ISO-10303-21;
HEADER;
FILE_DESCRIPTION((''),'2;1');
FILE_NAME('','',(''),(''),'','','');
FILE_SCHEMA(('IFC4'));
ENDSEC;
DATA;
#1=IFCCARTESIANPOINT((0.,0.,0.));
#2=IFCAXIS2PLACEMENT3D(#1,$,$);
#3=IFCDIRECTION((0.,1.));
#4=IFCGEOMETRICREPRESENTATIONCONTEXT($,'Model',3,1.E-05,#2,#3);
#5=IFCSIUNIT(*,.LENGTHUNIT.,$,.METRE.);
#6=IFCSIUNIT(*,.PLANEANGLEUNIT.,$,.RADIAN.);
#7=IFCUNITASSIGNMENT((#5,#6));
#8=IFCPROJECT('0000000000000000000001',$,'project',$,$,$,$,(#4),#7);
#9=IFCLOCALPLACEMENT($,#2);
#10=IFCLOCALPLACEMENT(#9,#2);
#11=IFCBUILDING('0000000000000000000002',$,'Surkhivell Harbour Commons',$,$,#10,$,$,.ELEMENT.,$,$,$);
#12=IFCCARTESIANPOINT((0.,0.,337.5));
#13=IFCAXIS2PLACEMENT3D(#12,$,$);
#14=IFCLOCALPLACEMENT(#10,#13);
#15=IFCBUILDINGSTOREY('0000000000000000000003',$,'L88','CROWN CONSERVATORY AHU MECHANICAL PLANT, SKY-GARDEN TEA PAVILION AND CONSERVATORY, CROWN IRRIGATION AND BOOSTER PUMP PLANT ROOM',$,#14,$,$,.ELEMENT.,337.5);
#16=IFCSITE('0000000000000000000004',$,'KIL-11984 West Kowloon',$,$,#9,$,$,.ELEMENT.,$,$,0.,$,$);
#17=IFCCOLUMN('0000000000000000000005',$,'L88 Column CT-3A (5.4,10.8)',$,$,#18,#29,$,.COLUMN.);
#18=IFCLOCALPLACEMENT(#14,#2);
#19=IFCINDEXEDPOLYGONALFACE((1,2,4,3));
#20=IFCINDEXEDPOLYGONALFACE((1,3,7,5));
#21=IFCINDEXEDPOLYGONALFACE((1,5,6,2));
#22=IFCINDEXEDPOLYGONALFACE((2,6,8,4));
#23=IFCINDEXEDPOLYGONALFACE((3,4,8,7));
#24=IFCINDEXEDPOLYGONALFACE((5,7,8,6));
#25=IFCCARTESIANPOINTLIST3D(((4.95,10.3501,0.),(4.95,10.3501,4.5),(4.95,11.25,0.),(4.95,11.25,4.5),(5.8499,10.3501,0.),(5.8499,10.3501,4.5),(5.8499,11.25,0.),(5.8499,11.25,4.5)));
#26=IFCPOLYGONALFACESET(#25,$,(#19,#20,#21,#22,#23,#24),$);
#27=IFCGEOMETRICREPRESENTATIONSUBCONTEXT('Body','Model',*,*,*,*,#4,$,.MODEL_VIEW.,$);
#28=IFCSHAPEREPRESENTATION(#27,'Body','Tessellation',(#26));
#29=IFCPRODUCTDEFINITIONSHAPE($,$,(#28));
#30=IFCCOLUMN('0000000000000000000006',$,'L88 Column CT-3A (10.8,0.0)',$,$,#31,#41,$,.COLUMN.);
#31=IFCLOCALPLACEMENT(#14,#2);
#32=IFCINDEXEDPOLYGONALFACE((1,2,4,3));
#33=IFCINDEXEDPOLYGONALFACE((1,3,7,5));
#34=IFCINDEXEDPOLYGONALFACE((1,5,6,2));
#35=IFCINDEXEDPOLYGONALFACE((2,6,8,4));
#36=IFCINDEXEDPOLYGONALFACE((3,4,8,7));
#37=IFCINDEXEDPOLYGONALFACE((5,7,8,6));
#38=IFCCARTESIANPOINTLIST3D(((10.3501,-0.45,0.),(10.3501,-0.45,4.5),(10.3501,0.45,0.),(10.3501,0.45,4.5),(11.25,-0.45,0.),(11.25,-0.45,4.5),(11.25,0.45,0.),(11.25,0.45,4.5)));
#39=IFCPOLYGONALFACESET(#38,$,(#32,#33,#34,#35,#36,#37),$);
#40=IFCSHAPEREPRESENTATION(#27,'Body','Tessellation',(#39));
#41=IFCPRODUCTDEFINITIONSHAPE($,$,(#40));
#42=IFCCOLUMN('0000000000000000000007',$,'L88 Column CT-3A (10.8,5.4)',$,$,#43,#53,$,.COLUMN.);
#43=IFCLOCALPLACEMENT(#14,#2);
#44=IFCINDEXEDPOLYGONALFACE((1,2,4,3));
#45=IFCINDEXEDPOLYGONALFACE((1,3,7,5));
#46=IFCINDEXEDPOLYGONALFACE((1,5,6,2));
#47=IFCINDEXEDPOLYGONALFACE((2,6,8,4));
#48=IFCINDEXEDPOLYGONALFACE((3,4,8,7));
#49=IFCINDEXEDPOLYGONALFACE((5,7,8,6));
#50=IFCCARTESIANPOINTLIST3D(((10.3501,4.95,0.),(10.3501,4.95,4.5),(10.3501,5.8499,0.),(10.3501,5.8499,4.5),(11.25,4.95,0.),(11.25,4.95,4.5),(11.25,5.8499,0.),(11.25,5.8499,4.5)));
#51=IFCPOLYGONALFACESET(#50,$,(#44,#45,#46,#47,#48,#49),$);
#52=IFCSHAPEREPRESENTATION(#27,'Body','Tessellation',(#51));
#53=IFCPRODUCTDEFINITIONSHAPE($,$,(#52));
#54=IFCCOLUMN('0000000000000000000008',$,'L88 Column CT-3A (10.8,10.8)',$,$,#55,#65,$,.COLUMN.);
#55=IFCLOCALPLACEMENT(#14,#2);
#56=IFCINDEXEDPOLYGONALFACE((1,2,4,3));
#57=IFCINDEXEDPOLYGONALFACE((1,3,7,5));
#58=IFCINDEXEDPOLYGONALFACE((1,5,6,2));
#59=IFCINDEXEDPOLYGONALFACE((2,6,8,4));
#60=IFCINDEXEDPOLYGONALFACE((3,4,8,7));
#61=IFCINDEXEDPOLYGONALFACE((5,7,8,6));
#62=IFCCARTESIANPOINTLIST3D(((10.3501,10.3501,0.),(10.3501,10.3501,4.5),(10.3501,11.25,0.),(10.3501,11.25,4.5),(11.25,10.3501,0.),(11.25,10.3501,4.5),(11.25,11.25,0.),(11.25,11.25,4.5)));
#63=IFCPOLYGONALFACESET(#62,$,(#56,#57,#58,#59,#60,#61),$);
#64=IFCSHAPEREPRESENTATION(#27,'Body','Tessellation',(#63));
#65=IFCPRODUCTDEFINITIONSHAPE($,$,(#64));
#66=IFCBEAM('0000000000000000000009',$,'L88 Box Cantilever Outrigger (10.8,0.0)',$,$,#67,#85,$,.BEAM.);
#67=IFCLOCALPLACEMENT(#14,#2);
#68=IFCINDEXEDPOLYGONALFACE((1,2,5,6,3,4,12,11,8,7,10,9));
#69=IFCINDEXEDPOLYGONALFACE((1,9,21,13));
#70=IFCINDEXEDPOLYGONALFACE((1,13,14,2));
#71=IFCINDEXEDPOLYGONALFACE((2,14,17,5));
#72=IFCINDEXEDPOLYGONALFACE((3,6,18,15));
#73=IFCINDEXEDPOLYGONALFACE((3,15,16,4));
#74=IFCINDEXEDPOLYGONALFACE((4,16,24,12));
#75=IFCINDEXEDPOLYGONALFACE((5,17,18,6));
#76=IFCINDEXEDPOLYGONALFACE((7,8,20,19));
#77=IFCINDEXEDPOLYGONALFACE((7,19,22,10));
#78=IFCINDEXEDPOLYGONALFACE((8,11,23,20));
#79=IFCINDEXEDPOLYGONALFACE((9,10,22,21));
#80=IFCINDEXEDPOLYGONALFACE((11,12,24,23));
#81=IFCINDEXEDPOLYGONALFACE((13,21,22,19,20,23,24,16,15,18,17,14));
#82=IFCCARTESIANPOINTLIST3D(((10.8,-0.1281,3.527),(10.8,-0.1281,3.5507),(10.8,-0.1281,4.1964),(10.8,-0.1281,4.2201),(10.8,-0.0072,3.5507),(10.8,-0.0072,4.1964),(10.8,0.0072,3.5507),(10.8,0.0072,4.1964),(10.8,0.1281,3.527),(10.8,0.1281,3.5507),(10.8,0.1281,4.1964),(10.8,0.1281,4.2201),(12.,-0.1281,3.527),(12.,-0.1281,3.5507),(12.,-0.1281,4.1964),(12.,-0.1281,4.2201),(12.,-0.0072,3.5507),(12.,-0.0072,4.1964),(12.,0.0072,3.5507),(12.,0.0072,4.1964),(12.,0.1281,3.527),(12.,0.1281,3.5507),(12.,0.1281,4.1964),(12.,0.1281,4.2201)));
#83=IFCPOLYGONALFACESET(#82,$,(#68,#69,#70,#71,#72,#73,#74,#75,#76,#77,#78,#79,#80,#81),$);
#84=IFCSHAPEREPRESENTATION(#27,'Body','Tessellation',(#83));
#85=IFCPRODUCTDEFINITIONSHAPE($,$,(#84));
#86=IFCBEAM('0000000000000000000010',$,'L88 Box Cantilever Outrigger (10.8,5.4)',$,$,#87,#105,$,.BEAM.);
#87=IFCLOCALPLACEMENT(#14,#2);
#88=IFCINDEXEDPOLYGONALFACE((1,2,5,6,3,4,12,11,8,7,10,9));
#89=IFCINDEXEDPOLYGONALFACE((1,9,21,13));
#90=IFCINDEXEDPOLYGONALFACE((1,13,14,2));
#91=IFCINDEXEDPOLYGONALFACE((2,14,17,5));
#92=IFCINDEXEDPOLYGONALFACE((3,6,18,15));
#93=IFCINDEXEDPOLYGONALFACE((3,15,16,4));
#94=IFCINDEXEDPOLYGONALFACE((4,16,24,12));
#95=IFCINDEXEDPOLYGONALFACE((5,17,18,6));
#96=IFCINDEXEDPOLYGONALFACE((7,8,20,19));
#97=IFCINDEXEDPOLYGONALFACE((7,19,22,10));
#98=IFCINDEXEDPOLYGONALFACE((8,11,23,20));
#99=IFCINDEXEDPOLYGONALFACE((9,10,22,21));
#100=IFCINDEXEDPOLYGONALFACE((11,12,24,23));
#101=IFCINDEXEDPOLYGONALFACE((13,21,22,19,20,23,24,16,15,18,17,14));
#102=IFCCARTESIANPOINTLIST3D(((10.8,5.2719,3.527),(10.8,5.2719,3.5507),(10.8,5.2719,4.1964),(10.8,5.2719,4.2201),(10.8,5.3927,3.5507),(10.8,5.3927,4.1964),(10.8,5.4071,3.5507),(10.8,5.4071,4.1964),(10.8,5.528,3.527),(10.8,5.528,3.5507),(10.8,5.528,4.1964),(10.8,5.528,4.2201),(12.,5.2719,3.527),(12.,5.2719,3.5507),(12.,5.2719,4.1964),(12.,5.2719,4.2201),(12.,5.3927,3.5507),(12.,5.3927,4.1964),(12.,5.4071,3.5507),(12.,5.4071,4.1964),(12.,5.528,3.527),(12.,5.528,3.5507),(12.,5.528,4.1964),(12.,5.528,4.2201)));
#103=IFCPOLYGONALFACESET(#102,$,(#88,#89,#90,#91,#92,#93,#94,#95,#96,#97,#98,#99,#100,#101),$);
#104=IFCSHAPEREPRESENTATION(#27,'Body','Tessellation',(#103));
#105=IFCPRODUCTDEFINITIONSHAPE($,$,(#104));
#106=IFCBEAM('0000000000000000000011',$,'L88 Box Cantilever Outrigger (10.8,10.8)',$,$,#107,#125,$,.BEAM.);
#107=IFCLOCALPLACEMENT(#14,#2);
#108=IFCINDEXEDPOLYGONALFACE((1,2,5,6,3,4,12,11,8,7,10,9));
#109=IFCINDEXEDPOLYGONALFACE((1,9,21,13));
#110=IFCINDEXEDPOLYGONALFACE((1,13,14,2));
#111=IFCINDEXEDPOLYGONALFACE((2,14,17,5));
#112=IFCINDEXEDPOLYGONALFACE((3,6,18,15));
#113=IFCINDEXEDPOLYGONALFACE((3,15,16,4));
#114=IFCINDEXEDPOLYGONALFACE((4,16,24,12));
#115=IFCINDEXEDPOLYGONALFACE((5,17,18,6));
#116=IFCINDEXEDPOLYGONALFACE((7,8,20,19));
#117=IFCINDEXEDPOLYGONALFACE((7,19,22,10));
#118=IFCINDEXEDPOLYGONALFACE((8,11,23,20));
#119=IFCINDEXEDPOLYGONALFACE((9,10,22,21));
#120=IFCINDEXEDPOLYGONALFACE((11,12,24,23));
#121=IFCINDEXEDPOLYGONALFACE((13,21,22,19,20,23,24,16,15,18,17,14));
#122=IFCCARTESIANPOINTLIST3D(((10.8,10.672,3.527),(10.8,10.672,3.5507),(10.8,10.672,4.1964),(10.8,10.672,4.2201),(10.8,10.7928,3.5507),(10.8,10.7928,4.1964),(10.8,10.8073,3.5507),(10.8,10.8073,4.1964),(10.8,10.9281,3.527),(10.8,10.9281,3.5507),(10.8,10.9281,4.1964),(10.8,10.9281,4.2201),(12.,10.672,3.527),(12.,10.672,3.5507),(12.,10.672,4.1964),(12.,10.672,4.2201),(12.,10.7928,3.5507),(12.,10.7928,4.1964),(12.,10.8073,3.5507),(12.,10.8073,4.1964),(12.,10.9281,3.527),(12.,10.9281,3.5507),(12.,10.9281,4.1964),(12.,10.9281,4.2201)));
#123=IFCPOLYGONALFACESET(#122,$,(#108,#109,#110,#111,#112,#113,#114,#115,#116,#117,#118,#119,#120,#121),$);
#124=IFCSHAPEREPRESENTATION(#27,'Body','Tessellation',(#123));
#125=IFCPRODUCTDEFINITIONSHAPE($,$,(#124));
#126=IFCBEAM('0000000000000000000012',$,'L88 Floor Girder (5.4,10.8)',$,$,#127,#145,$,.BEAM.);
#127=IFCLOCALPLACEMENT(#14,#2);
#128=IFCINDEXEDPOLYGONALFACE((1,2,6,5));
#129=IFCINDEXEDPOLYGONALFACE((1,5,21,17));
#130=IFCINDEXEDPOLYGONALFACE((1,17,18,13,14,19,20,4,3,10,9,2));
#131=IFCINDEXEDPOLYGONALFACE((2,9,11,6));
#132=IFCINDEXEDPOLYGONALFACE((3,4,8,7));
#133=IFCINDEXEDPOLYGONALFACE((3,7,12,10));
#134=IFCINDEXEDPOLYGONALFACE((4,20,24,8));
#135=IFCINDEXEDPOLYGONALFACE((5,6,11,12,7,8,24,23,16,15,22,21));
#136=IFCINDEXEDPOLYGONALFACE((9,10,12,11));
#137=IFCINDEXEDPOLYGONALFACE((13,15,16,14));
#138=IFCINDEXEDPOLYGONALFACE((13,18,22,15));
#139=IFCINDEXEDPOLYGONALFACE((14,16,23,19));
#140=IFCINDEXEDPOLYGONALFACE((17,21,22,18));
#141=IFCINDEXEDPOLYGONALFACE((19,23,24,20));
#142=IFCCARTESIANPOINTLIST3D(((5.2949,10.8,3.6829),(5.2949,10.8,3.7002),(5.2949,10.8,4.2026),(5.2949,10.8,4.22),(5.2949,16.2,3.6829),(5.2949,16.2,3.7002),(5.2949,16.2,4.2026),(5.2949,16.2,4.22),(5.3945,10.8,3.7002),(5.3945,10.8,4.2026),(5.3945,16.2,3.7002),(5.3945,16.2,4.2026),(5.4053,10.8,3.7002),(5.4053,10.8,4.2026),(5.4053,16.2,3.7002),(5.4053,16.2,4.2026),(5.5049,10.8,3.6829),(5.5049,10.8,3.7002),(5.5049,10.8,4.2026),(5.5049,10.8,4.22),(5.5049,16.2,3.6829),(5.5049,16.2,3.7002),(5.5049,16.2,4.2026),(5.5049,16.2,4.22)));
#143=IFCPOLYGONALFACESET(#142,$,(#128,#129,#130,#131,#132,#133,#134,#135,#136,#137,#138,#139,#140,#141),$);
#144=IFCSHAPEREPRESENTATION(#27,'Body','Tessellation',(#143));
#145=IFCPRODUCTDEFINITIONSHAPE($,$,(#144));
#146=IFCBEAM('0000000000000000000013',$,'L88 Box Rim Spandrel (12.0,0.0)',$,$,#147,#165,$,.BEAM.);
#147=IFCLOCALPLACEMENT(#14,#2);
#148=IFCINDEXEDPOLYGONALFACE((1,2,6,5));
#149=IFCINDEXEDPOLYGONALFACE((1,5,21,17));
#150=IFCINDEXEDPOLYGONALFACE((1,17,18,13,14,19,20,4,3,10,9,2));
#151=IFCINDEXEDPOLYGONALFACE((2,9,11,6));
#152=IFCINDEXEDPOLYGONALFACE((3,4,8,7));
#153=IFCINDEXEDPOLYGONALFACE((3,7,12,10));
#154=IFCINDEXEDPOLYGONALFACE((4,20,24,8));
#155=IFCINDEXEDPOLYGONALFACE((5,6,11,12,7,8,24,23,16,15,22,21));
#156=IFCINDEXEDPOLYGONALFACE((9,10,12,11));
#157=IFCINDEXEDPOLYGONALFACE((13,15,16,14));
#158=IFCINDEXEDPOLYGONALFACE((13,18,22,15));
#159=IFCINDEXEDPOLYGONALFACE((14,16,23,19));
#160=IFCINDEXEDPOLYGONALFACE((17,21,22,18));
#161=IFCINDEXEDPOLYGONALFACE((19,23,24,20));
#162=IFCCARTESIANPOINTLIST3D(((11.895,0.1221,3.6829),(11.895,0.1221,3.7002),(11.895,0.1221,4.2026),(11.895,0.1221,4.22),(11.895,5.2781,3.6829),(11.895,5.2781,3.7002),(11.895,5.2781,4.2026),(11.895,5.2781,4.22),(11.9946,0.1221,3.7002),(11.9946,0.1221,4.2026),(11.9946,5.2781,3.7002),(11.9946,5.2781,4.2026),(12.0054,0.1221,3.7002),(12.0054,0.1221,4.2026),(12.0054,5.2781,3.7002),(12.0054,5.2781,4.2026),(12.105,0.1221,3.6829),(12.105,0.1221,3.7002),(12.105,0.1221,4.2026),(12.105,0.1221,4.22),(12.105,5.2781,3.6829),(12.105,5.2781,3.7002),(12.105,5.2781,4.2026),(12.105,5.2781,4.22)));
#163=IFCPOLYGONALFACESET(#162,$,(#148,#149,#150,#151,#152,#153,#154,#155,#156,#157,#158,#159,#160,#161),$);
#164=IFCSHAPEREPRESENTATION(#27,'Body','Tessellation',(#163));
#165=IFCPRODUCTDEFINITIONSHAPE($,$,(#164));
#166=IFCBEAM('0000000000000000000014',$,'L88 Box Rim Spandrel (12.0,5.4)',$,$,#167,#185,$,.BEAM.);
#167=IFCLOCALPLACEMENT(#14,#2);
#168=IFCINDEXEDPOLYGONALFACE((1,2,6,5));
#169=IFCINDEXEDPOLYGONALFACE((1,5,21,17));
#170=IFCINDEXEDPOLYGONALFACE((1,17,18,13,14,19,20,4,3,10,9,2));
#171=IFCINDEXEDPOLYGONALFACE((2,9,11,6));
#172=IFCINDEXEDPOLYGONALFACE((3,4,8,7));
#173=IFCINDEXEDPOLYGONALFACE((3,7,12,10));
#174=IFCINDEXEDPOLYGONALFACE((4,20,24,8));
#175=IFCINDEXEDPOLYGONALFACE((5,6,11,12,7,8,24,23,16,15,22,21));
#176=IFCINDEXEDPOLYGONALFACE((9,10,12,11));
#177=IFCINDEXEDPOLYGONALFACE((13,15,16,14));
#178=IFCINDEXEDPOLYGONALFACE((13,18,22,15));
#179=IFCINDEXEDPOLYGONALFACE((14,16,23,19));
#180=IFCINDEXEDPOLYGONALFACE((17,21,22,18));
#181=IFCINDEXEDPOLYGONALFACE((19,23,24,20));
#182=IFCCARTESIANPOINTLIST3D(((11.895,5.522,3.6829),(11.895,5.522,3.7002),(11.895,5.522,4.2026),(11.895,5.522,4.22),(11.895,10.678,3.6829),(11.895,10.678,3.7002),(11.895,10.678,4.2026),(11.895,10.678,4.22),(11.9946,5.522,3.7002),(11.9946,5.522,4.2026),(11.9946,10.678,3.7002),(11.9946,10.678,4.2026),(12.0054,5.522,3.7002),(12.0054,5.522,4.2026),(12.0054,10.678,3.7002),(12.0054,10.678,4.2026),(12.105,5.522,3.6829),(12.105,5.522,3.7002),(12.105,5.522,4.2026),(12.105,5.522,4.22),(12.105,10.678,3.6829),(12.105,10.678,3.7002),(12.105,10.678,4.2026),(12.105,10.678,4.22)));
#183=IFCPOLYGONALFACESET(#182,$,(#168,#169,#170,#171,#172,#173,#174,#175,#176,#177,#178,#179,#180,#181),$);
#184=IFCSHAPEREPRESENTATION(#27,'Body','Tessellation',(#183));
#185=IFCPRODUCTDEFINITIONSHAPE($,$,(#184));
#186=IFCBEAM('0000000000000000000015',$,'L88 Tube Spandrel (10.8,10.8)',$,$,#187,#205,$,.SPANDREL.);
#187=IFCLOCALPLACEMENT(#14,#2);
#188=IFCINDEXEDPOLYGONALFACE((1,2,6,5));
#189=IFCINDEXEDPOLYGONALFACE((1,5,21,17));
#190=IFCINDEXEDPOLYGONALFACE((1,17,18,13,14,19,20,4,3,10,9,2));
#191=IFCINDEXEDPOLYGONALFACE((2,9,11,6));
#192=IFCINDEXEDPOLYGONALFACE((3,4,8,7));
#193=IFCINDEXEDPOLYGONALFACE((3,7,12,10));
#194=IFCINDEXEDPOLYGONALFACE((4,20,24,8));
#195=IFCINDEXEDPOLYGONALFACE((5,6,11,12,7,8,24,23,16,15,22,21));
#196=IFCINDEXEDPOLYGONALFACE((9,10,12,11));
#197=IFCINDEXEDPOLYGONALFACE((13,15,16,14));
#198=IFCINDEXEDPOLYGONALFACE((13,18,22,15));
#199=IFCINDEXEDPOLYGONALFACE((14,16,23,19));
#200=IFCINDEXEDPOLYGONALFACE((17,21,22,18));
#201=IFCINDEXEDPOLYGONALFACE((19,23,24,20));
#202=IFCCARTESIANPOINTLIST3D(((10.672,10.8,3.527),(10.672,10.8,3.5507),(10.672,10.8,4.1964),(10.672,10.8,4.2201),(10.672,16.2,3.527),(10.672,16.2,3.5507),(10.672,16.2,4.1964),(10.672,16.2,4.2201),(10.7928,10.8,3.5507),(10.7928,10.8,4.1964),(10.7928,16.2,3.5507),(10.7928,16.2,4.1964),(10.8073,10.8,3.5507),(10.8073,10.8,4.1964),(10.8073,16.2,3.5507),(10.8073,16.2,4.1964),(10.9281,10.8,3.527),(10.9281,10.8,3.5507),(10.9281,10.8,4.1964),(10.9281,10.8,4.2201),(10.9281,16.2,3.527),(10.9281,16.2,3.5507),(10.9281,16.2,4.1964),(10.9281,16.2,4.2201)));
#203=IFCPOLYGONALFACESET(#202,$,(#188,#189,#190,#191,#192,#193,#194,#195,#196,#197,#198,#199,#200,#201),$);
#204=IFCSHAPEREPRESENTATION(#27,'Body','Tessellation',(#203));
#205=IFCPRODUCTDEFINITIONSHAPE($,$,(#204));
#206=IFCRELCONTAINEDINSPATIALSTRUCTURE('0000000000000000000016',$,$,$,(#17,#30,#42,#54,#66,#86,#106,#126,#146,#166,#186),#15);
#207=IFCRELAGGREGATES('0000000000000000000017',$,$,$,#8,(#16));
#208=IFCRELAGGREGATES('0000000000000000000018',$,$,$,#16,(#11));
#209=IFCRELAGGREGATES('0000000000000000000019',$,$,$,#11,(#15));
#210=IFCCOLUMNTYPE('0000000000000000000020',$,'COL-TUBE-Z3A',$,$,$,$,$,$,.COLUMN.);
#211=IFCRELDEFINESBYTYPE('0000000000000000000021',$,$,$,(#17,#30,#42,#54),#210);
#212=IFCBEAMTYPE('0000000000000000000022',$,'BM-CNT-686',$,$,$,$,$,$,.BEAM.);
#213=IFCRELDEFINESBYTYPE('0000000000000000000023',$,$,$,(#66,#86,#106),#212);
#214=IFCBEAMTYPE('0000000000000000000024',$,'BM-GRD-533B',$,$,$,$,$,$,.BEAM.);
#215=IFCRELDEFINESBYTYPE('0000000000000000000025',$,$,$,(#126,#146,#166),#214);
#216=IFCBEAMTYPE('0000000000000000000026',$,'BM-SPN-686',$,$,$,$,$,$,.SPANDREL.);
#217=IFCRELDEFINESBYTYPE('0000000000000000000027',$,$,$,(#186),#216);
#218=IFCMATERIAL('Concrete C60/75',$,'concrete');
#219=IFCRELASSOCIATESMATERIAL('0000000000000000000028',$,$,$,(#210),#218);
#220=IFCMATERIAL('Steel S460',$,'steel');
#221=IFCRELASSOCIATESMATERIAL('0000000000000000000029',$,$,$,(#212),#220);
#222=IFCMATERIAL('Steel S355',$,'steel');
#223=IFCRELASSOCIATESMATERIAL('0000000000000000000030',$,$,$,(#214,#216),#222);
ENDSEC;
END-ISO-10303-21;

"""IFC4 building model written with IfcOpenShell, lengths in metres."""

from ifc_helpers import new_model, si_unit, direction, frame, origin, origin_2d, place, context, subcontext, project, spatial, rectangle, i_section, extrude, material, material_profile, profile_set, type_object, element, save


model = new_model("IFC4")

# Units and contexts
model_context = context("Model", 3, precision=1e-05, world=origin(), true_north=direction((0.0, 1.0)))
body_context = subcontext(model_context, "Body", "Model", "MODEL_VIEW")
ifc_project = project(units=[si_unit("LENGTHUNIT", "METRE"), si_unit("PLANEANGLEUNIT", "RADIAN")], contexts=[model_context])

# Site, building, storey
site_placement = place(None, origin())
site = spatial("IfcSite", under=ifc_project, at=site_placement, Name="KIL-11984 West Kowloon", CompositionType="ELEMENT", RefElevation=0.0)
building_placement = place(site_placement, origin())
building = spatial("IfcBuilding", under=site, at=building_placement, Name="Surkhivell Harbour Commons", CompositionType="ELEMENT")
storey_placement = place(building_placement, frame((0.0, 0.0, 337.5)))
storey = spatial("IfcBuildingStorey", under=building, at=storey_placement, Name="L88", Description="CROWN CONSERVATORY AHU MECHANICAL PLANT, SKY-GARDEN TEA PAVILION AND CONSERVATORY, CROWN IRRIGATION AND BOOSTER PUMP PLANT ROOM", CompositionType="ELEMENT", Elevation=337.5)

# Columns
ifc_material_1 = material(Name="Concrete C60/75", Category="concrete")
ifc_material_profile_1 = material_profile(ifc_material_1, rectangle(XDim=0.8999, YDim=0.8999, at=origin_2d()), Name="RC-COL-900x900")
ifc_profile_set_1 = profile_set([ifc_material_profile_1], Name="Concrete C60/75")
column_type = type_object("IfcColumnType", Name="COL-TUBE-Z3A", PredefinedType="COLUMN", material=ifc_profile_set_1)
for number, where, z_axis, x_axis, name in (
    (1, (5.3999, 10.8, 0.0), (0.0, 0.0, 1.0), (1.0, 0.0, 0.0), "L88 Column CT-3A (5.4,10.8)"),
    (2, (10.8, 0.0, 0.0), (0.0, 0.0, 1.0), (1.0, 0.0, 0.0), "L88 Column CT-3A (10.8,0.0)"),
    (3, (10.8, 5.3999, 0.0), (0.0, 0.0, 1.0), (1.0, 0.0, 0.0), "L88 Column CT-3A (10.8,5.4)"),
    (4, (10.8, 10.8, 0.0), (0.0, 0.0, 1.0), (1.0, 0.0, 0.0), "L88 Column CT-3A (10.8,10.8)"),
):
    element("IfcColumn", number, at=place(storey_placement, frame(where, z_axis=z_axis, x_axis=x_axis)), inside=storey, type_object=column_type, Name=name, PredefinedType="COLUMN", context=body_context, shape_type="SweptSolid", body=[
        extrude(rectangle(XDim=0.8999, YDim=0.8999, at=origin_2d()), origin(), (0.0, 0.0, 1.0), 4.5),
    ])

# Beams
ifc_material_2 = material(Name="Steel S460", Category="steel")
ifc_material_profile_2 = material_profile(ifc_material_2, i_section(OverallWidth=0.2561, OverallDepth=0.6931, WebThickness=0.0144, FlangeThickness=0.0237, at=origin_2d()), Name="UB686x254x170")
ifc_profile_set_2 = profile_set([ifc_material_profile_2], Name="Steel S460")
beam_type_1 = type_object("IfcBeamType", Name="BM-CNT-686", PredefinedType="BEAM", material=ifc_profile_set_2)
for number, where, z_axis, x_axis, name in (
    (5, (10.8, 0.0, 3.8735), (1.0, 0.0, 0.0), (0.0, 1.0, 0.0), "L88 Box Cantilever Outrigger (10.8,0.0)"),
    (6, (10.8, 5.3999, 3.8735), (1.0, 0.0, 0.0), (0.0, 1.0, 0.0), "L88 Box Cantilever Outrigger (10.8,5.4)"),
    (7, (10.8, 10.8, 3.8735), (1.0, 0.0, 0.0), (0.0, 1.0, 0.0), "L88 Box Cantilever Outrigger (10.8,10.8)"),
):
    element("IfcBeam", number, at=place(storey_placement, frame(where, z_axis=z_axis, x_axis=x_axis)), inside=storey, type_object=beam_type_1, Name=name, PredefinedType="BEAM", context=body_context, shape_type="SweptSolid", body=[
        extrude(i_section(OverallWidth=0.2561, OverallDepth=0.6931, WebThickness=0.0144, FlangeThickness=0.0237, at=origin_2d()), origin(), (0.0, 0.0, 1.0), 1.2),
    ])
ifc_material_3 = material(Name="Steel S355", Category="steel")
ifc_material_profile_3 = material_profile(ifc_material_3, i_section(OverallWidth=0.21, OverallDepth=0.5371, WebThickness=0.0107, FlangeThickness=0.0173, at=origin_2d()), Name="UB533x210x101")
ifc_profile_set_3 = profile_set([ifc_material_profile_3], Name="Steel S355")
beam_type_2 = type_object("IfcBeamType", Name="BM-GRD-533B", PredefinedType="BEAM", material=ifc_profile_set_3)
beam_1_placement = place(storey_placement, frame((5.3999, 10.8, 3.9514), z_axis=(0.0, 1.0, 0.0), x_axis=(-1.0, 0.0, 0.0)))
element("IfcBeam", 8, at=beam_1_placement, inside=storey, type_object=beam_type_2, Name="L88 Floor Girder (5.4,10.8)", PredefinedType="BEAM", context=body_context, shape_type="SweptSolid", body=[
    extrude(i_section(OverallWidth=0.21, OverallDepth=0.5371, WebThickness=0.0107, FlangeThickness=0.0173, at=origin_2d()), origin(), (0.0, 0.0, 1.0), 5.3999),
])
for number, where, z_axis, x_axis, name in (
    (9, (12.0, 0.1221, 3.9514), (0.0, 1.0, 0.0), (-1.0, 0.0, 0.0), "L88 Box Rim Spandrel (12.0,0.0)"),
    (10, (12.0, 5.522, 3.9514), (0.0, 1.0, 0.0), (-1.0, 0.0, 0.0), "L88 Box Rim Spandrel (12.0,5.4)"),
):
    element("IfcBeam", number, at=place(storey_placement, frame(where, z_axis=z_axis, x_axis=x_axis)), inside=storey, type_object=beam_type_2, Name=name, PredefinedType="BEAM", context=body_context, shape_type="SweptSolid", body=[
        extrude(i_section(OverallWidth=0.21, OverallDepth=0.5371, WebThickness=0.0107, FlangeThickness=0.0173, at=origin_2d()), origin(), (0.0, 0.0, 1.0), 5.156),
    ])
ifc_material_profile_4 = material_profile(ifc_material_3, i_section(OverallWidth=0.2561, OverallDepth=0.6931, WebThickness=0.0144, FlangeThickness=0.0237, at=origin_2d()), Name="UB686x254x170")
ifc_profile_set_4 = profile_set([ifc_material_profile_4], Name="Steel S355")
beam_type_3 = type_object("IfcBeamType", Name="BM-SPN-686", PredefinedType="SPANDREL", material=ifc_profile_set_4)
beam_2_placement = place(storey_placement, frame((10.8, 10.8, 3.8735), z_axis=(0.0, 1.0, 0.0), x_axis=(-1.0, 0.0, 0.0)))
element("IfcBeam", 11, at=beam_2_placement, inside=storey, type_object=beam_type_3, Name="L88 Tube Spandrel (10.8,10.8)", PredefinedType="SPANDREL", context=body_context, shape_type="SweptSolid", body=[
    extrude(i_section(OverallWidth=0.2561, OverallDepth=0.6931, WebThickness=0.0144, FlangeThickness=0.0237, at=origin_2d()), origin(), (0.0, 0.0, 1.0), 5.3999),
])

save(model, "model.ifc")
